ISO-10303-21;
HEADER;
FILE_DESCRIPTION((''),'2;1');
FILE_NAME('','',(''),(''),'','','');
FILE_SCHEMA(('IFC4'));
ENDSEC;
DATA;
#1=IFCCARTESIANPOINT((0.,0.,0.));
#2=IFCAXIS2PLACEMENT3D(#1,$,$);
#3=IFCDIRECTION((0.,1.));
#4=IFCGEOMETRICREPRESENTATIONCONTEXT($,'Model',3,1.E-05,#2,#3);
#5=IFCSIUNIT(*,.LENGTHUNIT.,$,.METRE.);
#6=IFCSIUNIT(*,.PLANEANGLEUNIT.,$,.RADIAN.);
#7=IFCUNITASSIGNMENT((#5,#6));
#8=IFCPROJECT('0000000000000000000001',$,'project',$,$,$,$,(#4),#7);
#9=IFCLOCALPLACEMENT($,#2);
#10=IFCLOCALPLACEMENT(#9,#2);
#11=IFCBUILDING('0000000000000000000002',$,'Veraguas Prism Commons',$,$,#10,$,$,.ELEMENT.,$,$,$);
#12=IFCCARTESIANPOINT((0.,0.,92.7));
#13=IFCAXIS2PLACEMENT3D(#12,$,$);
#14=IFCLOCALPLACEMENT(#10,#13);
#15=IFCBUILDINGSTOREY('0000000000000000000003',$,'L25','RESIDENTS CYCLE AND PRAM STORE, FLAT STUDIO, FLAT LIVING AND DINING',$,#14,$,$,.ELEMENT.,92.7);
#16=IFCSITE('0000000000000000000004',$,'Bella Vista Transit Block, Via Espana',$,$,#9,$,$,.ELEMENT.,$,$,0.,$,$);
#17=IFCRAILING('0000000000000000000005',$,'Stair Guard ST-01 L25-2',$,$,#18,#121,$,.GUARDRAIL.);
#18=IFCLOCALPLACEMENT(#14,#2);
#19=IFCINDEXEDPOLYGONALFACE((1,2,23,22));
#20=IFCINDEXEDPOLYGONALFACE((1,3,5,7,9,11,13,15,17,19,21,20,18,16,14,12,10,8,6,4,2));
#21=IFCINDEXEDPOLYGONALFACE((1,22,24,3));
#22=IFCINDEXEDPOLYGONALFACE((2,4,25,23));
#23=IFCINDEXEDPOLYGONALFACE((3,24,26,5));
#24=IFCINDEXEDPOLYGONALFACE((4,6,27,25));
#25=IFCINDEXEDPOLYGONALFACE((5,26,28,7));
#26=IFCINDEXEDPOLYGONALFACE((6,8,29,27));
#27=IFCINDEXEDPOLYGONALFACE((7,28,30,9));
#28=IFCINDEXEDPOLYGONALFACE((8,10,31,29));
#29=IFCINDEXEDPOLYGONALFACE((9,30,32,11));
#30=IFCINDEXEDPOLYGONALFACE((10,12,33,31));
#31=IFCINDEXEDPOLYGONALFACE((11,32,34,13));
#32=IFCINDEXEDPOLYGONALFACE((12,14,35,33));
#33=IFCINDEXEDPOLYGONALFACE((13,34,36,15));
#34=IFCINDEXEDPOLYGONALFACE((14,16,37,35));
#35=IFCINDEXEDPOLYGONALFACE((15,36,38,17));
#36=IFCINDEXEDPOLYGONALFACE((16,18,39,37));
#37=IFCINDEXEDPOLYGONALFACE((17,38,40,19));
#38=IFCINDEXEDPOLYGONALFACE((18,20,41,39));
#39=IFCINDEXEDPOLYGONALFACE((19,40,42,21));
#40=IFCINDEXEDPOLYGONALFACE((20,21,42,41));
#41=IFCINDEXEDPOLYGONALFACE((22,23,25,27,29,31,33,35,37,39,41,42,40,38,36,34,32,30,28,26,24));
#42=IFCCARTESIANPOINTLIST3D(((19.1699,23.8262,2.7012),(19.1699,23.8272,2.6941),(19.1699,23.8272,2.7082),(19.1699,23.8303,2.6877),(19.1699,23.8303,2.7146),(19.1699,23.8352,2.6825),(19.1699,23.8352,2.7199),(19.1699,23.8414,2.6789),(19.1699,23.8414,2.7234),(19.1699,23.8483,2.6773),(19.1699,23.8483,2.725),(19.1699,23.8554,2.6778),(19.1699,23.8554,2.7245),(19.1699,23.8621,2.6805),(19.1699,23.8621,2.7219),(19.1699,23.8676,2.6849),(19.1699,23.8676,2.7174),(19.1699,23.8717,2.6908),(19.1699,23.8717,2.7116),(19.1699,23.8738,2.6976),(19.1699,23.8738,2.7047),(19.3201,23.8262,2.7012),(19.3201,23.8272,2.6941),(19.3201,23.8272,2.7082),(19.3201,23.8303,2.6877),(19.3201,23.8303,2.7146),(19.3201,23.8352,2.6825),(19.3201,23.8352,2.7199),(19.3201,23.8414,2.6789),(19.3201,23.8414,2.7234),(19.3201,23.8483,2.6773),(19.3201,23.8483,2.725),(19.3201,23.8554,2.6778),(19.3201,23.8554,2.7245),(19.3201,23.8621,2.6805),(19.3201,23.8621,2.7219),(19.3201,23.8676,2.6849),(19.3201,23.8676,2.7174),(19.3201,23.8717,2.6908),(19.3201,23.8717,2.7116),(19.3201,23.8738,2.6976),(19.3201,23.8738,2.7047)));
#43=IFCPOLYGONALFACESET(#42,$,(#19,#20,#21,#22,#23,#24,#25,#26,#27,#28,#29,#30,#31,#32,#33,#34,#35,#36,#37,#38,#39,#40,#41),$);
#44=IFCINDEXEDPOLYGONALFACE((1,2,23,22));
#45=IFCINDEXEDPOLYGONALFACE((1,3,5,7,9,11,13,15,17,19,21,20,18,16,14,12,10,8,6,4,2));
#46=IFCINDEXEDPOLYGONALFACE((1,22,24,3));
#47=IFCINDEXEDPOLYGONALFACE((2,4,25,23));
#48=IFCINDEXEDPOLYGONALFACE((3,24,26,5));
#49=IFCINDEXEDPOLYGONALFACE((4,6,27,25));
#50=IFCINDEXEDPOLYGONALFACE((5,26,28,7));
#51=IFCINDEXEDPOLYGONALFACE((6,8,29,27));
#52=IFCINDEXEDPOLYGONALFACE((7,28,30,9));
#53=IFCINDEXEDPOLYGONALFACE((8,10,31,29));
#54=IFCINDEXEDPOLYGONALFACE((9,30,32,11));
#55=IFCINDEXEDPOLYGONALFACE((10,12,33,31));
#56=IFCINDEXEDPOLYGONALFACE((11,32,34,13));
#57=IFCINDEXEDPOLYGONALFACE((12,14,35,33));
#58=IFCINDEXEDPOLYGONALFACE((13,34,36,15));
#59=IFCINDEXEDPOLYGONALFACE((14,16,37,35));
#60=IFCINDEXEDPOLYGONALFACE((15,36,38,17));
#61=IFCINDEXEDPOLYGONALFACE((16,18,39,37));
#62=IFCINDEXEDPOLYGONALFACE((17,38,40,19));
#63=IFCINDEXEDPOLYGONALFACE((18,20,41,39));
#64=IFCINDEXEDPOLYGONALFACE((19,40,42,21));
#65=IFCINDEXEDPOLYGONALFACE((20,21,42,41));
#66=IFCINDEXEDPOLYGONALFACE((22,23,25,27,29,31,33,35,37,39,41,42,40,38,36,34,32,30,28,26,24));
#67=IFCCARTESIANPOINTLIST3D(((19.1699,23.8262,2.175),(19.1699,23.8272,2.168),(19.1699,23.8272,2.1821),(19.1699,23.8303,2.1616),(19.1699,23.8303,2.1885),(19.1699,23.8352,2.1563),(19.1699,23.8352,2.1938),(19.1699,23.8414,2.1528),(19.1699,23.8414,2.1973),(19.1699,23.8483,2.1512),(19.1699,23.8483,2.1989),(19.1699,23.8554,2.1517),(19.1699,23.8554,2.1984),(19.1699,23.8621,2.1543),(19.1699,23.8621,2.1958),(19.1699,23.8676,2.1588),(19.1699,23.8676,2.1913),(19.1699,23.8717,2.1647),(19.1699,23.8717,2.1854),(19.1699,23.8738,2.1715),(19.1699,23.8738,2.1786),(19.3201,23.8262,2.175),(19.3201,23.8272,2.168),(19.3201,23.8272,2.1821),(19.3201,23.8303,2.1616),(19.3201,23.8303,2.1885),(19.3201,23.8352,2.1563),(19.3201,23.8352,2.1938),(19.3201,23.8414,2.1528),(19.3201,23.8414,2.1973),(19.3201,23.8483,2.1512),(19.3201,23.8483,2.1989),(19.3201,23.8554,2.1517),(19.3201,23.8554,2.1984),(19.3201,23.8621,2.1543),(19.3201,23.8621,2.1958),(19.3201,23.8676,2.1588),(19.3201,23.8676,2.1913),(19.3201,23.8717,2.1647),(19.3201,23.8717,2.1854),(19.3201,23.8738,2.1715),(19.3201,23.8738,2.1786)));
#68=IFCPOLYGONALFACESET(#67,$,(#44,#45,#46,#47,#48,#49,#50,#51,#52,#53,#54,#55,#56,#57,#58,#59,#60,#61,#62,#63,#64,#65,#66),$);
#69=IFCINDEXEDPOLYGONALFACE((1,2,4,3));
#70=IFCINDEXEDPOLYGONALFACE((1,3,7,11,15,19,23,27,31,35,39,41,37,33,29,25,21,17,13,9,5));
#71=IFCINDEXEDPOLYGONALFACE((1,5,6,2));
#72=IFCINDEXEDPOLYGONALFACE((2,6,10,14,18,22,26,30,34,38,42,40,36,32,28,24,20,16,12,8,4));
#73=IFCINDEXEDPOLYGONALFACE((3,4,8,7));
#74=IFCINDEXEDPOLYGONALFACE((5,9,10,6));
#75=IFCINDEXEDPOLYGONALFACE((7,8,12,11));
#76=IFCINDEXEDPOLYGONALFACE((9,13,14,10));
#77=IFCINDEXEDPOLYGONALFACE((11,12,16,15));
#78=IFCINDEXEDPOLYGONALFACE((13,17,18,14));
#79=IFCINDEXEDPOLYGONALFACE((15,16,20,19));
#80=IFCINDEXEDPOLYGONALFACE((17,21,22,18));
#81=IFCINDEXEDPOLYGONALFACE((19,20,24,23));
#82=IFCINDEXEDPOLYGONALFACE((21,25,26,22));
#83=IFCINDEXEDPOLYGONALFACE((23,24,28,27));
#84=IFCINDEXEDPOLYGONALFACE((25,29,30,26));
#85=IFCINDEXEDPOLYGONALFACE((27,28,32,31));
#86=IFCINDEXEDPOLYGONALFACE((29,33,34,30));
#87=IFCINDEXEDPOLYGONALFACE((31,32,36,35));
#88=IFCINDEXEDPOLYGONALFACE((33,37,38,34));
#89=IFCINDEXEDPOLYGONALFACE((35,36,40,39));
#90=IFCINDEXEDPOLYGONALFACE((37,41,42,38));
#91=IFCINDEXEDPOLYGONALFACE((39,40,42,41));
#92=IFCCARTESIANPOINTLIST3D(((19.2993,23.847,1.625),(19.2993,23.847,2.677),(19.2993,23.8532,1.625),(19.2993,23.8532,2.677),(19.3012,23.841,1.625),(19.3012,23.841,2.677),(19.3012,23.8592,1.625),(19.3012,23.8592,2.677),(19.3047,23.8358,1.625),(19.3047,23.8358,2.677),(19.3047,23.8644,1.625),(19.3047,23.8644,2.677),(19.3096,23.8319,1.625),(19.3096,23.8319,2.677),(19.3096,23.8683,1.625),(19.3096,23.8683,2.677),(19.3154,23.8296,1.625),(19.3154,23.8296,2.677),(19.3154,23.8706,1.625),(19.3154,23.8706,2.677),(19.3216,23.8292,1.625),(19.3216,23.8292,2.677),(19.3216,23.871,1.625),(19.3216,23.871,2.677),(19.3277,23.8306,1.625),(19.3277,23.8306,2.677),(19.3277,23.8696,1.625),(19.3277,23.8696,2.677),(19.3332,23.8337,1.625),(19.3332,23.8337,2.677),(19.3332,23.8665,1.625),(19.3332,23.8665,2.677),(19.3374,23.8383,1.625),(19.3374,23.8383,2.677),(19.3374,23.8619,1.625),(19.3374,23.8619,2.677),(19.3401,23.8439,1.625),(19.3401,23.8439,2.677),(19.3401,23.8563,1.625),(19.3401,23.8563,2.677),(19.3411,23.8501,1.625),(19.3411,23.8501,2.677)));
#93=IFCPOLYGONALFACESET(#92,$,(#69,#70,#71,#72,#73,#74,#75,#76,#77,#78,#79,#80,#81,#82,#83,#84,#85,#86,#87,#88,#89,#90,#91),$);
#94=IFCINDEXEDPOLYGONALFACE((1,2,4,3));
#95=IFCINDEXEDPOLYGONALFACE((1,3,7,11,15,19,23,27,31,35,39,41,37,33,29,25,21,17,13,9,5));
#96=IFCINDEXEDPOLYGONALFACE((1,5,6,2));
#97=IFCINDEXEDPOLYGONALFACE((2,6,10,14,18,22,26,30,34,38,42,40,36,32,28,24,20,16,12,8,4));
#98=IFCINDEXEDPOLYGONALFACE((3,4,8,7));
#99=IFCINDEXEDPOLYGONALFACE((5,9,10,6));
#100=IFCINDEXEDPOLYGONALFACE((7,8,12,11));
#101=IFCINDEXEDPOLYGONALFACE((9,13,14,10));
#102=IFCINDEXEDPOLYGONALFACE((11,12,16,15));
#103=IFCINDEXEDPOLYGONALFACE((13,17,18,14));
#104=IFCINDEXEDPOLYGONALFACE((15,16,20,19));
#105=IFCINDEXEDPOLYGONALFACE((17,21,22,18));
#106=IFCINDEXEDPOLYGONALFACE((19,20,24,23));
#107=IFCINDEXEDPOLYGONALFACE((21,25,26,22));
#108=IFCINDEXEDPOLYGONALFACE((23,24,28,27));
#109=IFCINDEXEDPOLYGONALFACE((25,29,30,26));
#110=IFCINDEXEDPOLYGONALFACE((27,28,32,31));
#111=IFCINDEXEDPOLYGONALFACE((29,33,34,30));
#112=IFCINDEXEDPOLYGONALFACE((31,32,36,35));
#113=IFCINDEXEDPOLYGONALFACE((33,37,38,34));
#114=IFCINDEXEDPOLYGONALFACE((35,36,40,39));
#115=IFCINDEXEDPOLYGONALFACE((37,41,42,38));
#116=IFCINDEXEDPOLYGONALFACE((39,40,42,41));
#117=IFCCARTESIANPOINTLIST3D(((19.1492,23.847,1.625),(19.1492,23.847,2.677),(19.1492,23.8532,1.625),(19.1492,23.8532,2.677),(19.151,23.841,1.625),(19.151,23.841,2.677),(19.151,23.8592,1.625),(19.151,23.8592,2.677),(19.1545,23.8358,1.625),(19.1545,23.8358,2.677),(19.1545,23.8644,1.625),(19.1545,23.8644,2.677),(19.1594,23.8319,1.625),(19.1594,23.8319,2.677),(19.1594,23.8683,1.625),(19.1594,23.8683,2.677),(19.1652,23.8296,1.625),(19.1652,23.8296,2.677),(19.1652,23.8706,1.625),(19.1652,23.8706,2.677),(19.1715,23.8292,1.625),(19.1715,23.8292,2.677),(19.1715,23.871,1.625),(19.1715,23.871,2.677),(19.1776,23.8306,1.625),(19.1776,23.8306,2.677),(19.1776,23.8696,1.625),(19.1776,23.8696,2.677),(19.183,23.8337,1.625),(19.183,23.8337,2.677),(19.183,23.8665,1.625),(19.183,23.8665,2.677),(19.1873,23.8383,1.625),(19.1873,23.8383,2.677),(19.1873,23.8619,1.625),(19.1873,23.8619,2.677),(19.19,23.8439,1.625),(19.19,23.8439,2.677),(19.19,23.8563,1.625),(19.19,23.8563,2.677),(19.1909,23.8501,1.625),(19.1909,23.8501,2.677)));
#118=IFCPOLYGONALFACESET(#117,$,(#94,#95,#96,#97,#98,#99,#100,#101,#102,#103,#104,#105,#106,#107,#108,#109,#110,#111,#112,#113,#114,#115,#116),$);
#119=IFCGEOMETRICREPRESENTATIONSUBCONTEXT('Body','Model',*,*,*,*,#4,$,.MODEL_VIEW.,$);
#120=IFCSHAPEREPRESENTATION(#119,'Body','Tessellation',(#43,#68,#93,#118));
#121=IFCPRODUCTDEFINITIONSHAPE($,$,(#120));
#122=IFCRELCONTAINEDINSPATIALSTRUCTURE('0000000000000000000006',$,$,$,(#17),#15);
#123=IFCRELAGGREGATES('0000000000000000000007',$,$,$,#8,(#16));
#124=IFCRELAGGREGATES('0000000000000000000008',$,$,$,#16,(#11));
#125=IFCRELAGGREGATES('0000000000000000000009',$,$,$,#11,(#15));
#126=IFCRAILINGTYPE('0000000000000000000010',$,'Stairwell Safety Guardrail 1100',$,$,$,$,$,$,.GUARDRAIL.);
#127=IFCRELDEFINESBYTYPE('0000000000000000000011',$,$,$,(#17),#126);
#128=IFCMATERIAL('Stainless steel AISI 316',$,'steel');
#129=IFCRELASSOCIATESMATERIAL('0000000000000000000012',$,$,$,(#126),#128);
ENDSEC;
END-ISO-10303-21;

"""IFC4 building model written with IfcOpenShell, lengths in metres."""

from ifc_helpers import new_model, si_unit, direction, frame, origin, origin_2d, place, context, subcontext, project, spatial, circle, extrude, material, type_object, element, save


model = new_model("IFC4")

# Units and contexts
model_context = context("Model", 3, precision=1e-05, world=origin(), true_north=direction((0.0, 1.0)))
body_context = subcontext(model_context, "Body", "Model", "MODEL_VIEW")
ifc_project = project(units=[si_unit("LENGTHUNIT", "METRE"), si_unit("PLANEANGLEUNIT", "RADIAN")], contexts=[model_context])

# Site, building, storey
site_placement = place(None, origin())
site = spatial("IfcSite", under=ifc_project, at=site_placement, Name="Bella Vista Transit Block, Via Espana", CompositionType="ELEMENT", RefElevation=0.0)
building_placement = place(site_placement, origin())
building = spatial("IfcBuilding", under=site, at=building_placement, Name="Veraguas Prism Commons", CompositionType="ELEMENT")
storey_placement = place(building_placement, frame((0.0, 0.0, 92.7)))
storey = spatial("IfcBuildingStorey", under=building, at=storey_placement, Name="L25", Description="RESIDENTS CYCLE AND PRAM STORE, FLAT STUDIO, FLAT LIVING AND DINING", CompositionType="ELEMENT", Elevation=92.7)

# Railing
ifc_material_1 = material(Name="Stainless steel AISI 316", Category="steel")
railing_type_1 = type_object("IfcRailingType", Name="Stairwell Safety Guardrail 1100", PredefinedType="GUARDRAIL", material=ifc_material_1)
railing_1_placement = place(storey_placement, frame((19.3201, 23.8501, 1.625)))
element("IfcRailing", 1, at=railing_1_placement, inside=storey, type_object=railing_type_1, Name="Stair Guard ST-01 L25-2", PredefinedType="GUARDRAIL", context=body_context, shape_type="SweptSolid", body=[
    extrude(circle(Radius=0.0239, at=origin_2d()), frame((0.0, 0.0, 1.0762), z_axis=(-1.0, 0.0, 0.0), x_axis=(0.0, -1.0, 0.0)), (0.0, 0.0, 1.0), 0.1501),
    extrude(circle(Radius=0.0239, at=origin_2d()), frame((0.0, 0.0, 0.55), z_axis=(-1.0, 0.0, 0.0), x_axis=(0.0, -1.0, 0.0)), (0.0, 0.0, 1.0), 0.1501),
    extrude(circle(Radius=0.021, at=origin_2d()), origin(), (0.0, 0.0, 1.0), 1.052),
    extrude(circle(Radius=0.021, at=origin_2d()), frame((-0.1501, 0.0, 0.0)), (0.0, 0.0, 1.0), 1.052),
])

save(model, "model.ifc")
